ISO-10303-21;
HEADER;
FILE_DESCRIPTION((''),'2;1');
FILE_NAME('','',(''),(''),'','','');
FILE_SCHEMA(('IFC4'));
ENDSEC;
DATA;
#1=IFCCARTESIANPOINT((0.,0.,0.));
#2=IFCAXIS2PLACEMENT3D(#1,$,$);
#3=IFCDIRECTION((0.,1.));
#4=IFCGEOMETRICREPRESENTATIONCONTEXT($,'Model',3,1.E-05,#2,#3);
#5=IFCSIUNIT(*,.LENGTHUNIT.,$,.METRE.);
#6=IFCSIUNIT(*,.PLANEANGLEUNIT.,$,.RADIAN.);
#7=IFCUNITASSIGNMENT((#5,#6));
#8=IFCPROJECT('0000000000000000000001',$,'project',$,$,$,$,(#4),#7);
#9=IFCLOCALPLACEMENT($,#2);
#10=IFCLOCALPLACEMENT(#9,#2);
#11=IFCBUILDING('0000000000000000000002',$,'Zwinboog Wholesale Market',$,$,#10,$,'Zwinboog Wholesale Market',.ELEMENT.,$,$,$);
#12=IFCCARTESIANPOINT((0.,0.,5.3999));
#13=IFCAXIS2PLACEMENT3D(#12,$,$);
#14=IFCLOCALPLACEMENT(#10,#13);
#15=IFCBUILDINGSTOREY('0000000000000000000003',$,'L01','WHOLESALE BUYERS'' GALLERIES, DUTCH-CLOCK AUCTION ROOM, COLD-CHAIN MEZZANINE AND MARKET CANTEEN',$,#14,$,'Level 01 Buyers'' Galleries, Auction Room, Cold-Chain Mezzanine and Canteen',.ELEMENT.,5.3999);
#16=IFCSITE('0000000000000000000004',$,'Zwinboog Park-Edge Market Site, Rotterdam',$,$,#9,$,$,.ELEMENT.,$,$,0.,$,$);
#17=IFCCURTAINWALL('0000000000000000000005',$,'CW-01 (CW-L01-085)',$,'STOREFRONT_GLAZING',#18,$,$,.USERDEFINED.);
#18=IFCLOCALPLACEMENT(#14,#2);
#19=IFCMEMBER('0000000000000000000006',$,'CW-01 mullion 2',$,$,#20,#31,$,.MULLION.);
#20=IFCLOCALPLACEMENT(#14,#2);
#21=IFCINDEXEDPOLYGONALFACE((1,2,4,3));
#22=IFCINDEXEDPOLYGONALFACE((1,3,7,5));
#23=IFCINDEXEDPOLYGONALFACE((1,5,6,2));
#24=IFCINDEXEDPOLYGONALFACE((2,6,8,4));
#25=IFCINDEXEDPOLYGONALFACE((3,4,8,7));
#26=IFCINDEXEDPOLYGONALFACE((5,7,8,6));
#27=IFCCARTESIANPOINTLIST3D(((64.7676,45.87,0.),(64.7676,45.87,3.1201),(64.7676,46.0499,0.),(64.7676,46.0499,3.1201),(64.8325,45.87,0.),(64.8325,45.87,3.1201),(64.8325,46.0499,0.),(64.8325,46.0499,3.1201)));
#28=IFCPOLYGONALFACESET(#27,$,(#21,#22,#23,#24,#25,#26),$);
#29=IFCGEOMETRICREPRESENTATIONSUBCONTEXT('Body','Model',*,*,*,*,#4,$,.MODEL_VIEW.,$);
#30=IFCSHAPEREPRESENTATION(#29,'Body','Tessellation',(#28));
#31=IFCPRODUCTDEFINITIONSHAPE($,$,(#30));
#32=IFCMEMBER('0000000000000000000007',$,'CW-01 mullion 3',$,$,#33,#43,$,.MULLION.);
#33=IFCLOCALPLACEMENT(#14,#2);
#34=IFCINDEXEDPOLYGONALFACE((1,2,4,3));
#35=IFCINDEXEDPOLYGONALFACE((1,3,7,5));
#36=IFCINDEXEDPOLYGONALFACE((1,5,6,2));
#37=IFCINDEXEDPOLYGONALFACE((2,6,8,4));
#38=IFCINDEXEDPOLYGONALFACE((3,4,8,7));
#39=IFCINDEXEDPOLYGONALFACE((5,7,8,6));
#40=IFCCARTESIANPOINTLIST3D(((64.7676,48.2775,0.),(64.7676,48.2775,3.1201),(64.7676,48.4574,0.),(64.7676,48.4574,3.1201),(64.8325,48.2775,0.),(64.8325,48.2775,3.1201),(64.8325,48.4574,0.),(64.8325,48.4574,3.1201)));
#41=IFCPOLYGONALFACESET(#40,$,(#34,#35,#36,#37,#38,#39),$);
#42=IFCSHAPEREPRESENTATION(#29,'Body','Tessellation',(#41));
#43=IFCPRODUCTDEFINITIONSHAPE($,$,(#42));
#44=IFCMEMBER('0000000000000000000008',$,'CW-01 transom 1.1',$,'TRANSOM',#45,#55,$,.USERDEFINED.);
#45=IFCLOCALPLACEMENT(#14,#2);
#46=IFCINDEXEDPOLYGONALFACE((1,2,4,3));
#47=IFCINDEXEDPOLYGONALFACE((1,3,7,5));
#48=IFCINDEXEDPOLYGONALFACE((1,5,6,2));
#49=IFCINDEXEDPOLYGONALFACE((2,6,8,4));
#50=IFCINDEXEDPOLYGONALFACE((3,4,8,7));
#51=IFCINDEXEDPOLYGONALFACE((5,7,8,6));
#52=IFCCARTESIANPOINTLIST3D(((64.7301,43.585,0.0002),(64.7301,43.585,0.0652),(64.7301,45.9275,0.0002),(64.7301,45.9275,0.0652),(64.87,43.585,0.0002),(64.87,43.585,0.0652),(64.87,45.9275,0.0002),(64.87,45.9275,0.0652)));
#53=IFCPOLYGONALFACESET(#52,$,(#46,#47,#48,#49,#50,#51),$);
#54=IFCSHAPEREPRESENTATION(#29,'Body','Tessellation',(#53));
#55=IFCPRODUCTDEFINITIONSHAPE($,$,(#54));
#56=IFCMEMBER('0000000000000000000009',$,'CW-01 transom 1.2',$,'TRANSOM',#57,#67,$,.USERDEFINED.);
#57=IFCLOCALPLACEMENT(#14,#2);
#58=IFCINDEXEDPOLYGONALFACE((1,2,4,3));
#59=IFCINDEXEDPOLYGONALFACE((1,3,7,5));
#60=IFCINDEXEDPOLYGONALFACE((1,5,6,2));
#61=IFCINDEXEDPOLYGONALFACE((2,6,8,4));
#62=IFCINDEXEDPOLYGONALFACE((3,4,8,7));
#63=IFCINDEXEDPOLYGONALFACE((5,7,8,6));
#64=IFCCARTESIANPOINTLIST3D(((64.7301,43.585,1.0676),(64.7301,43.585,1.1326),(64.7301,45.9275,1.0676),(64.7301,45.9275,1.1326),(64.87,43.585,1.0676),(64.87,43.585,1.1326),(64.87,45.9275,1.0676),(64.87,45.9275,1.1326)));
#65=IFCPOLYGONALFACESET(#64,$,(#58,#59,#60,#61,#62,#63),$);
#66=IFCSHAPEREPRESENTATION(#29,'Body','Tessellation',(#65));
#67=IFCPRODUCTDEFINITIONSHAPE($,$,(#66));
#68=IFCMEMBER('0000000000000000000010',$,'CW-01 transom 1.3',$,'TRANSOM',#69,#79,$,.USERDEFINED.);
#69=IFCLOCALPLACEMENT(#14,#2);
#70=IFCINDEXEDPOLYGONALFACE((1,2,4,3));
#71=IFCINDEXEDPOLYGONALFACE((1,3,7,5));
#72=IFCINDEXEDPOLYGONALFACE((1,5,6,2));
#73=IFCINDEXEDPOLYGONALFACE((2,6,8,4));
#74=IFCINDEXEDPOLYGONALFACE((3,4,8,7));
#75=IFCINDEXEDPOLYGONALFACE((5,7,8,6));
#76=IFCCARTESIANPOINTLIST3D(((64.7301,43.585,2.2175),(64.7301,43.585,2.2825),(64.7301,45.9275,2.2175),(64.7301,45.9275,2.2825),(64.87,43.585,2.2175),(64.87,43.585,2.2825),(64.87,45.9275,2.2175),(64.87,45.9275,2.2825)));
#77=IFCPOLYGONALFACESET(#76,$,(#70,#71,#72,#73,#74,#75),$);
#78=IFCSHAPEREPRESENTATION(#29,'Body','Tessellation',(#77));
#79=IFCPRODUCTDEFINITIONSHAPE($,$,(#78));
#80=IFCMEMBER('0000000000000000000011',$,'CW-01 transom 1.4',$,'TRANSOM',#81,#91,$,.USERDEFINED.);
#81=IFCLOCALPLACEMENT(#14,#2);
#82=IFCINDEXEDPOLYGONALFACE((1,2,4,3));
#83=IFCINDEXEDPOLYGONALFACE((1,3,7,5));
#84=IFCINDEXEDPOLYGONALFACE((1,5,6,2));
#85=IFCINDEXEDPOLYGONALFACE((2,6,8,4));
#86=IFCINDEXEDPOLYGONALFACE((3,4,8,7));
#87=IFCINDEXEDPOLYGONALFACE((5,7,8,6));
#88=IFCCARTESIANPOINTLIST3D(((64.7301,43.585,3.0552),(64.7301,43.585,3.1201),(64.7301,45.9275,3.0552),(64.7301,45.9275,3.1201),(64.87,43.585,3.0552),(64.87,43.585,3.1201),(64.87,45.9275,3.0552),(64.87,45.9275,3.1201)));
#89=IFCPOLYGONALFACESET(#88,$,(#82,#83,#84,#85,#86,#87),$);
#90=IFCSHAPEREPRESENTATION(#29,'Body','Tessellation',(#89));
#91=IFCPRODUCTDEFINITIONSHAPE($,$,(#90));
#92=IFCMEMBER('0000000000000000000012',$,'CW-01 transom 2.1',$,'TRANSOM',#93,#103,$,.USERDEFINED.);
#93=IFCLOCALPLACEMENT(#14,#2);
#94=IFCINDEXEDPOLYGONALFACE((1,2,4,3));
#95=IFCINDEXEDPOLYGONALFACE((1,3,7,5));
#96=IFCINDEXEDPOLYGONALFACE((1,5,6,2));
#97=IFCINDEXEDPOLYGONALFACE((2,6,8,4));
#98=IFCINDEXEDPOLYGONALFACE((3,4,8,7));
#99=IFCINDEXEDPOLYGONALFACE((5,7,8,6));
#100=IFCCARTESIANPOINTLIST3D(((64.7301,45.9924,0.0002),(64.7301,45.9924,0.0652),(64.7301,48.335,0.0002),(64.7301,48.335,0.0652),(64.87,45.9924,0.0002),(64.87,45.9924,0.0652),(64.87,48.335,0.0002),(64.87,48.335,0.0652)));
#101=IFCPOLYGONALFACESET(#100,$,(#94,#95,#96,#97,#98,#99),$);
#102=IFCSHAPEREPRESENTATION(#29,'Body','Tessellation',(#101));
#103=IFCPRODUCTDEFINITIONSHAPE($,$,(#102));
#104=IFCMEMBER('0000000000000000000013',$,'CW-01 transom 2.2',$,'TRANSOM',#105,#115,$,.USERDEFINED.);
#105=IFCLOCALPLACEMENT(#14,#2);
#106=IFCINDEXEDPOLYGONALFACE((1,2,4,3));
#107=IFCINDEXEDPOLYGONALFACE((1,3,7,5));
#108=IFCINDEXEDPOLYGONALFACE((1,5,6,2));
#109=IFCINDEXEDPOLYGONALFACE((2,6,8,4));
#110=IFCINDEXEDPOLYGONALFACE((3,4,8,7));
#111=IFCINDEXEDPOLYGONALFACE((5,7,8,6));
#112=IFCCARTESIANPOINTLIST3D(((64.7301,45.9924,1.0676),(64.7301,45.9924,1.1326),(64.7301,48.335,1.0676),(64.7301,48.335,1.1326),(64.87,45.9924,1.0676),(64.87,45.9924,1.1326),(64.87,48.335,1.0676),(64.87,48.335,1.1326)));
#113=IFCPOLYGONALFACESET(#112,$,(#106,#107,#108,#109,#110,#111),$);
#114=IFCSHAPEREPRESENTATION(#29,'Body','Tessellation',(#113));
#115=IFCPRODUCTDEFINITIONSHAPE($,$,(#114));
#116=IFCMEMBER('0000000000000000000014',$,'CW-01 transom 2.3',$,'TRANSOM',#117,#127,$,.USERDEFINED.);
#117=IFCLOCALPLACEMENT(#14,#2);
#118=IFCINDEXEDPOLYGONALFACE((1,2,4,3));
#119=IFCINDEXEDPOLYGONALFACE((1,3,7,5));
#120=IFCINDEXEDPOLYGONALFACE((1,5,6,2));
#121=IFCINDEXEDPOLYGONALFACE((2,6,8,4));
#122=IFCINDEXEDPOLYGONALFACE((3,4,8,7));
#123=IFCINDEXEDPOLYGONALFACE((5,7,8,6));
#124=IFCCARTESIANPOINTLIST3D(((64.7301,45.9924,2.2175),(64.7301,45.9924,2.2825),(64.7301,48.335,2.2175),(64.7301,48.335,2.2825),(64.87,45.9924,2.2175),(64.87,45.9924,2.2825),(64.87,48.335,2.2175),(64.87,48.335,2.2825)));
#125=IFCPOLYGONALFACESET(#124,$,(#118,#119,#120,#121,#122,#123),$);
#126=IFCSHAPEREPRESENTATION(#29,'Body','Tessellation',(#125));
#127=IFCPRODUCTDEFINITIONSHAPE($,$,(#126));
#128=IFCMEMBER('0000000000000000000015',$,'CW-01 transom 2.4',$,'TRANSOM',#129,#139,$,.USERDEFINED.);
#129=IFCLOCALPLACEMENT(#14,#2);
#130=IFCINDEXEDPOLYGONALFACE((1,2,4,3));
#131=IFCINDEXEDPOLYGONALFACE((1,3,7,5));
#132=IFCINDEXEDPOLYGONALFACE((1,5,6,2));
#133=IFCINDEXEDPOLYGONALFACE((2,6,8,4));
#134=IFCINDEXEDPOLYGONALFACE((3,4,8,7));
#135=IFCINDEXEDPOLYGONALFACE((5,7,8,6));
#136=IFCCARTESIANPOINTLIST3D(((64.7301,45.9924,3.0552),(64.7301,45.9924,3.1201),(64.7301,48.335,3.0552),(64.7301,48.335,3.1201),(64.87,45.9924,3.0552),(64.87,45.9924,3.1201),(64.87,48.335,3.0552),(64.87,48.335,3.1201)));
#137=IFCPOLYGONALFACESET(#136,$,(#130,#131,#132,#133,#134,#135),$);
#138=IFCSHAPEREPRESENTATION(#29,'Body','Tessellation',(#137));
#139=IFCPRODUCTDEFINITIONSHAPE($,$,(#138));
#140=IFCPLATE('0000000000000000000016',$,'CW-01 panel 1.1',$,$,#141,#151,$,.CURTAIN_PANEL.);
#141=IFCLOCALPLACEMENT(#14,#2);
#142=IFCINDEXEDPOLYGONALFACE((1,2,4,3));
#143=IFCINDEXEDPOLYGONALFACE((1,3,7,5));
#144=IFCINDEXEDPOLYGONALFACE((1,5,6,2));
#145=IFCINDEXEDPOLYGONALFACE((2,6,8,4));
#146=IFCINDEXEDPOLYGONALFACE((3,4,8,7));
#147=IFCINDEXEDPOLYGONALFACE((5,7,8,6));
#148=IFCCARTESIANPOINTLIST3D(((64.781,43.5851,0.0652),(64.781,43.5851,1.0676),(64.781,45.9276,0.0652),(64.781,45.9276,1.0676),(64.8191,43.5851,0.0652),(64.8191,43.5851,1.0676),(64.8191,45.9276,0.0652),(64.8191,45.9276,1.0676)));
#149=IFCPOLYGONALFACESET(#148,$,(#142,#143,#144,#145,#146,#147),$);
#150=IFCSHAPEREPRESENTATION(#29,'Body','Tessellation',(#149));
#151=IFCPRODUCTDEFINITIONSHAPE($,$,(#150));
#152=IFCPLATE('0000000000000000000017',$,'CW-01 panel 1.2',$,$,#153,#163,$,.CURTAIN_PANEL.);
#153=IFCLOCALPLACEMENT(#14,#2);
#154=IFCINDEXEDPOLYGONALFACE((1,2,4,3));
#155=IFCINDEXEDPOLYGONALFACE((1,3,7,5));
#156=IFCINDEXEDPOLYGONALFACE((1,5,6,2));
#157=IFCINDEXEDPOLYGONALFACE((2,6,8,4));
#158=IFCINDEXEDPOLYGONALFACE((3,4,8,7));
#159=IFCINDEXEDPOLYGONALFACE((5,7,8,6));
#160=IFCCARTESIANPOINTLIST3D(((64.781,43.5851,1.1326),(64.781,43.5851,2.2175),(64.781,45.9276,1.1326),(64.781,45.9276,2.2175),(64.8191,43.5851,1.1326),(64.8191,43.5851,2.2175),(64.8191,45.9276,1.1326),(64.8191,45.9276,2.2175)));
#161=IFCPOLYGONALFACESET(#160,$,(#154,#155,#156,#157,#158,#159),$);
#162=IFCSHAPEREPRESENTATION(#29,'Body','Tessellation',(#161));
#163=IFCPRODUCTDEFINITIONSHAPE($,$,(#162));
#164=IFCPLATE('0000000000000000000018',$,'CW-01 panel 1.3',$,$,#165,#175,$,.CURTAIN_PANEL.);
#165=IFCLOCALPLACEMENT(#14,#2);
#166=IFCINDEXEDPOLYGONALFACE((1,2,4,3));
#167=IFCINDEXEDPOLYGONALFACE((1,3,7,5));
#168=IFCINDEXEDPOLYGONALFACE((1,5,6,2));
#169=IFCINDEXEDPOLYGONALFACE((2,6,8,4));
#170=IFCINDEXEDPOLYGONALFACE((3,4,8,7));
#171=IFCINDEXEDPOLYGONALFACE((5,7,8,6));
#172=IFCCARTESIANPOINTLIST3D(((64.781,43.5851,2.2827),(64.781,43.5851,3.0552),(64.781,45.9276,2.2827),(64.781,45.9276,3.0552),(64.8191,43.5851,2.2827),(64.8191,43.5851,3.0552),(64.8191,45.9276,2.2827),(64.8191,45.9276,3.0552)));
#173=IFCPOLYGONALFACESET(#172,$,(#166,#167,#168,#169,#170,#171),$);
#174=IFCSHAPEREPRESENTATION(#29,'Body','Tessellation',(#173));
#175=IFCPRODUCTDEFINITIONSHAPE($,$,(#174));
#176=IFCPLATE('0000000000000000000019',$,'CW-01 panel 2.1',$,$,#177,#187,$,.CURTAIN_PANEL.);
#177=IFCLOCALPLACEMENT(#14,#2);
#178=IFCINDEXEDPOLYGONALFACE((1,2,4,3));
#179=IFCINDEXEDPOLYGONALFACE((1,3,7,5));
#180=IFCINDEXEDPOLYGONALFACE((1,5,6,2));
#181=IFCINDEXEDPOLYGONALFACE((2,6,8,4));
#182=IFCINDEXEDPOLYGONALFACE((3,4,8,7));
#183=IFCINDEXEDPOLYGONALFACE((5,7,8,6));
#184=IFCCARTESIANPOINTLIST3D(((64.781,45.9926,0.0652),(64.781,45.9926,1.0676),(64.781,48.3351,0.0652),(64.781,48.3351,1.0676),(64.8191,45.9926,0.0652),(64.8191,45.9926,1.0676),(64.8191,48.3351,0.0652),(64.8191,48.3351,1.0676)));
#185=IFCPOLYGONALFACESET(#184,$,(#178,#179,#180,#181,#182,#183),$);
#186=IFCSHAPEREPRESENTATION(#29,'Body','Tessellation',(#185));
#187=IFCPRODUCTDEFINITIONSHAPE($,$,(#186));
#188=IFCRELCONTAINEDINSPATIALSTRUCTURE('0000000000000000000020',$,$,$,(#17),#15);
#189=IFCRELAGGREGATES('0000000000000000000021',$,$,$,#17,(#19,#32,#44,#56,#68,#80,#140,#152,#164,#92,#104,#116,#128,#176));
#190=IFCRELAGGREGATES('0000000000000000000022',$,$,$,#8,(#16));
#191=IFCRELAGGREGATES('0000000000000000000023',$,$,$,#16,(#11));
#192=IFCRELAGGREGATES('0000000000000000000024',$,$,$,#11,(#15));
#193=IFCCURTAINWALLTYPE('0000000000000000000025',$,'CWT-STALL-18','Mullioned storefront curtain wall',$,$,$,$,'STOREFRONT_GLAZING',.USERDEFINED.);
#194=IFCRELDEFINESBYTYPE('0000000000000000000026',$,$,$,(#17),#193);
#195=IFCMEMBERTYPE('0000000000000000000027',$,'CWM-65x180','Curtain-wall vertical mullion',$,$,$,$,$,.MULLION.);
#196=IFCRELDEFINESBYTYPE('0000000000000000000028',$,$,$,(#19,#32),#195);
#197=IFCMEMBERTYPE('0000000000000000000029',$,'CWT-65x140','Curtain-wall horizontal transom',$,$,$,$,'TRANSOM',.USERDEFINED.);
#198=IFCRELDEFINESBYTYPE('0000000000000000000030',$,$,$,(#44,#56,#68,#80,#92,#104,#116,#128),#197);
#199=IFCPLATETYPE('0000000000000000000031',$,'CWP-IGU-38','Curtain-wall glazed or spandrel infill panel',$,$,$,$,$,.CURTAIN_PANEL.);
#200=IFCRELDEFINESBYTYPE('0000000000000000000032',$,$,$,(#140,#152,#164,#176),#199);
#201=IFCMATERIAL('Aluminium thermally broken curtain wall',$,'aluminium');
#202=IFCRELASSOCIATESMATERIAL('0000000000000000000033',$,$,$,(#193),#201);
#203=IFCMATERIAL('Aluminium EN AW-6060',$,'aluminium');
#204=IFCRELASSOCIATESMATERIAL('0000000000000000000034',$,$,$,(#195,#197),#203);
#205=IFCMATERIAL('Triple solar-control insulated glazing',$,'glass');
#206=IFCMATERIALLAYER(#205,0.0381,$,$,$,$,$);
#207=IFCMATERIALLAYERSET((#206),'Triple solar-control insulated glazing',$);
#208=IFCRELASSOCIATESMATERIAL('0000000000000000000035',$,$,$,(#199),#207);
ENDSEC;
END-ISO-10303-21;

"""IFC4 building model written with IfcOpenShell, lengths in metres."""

from ifc_helpers import new_model, si_unit, direction, frame, origin, origin_2d, place, context, subcontext, project, spatial, rectangle, extrude, material, layer, layer_set, material_profile, profile_set, type_object, element, aggregate, save


model = new_model("IFC4")

# Units and contexts
model_context = context("Model", 3, precision=1e-05, world=origin(), true_north=direction((0.0, 1.0)))
body_context = subcontext(model_context, "Body", "Model", "MODEL_VIEW")
ifc_project = project(units=[si_unit("LENGTHUNIT", "METRE"), si_unit("PLANEANGLEUNIT", "RADIAN")], contexts=[model_context])

# Site, building, storey
site_placement = place(None, origin())
site = spatial("IfcSite", under=ifc_project, at=site_placement, Name="Zwinboog Park-Edge Market Site, Rotterdam", CompositionType="ELEMENT", RefElevation=0.0)
building_placement = place(site_placement, origin())
building = spatial("IfcBuilding", under=site, at=building_placement, Name="Zwinboog Wholesale Market", LongName="Zwinboog Wholesale Market", CompositionType="ELEMENT")
storey_placement = place(building_placement, frame((0.0, 0.0, 5.3999)))
storey = spatial("IfcBuildingStorey", under=building, at=storey_placement, Name="L01", Description="WHOLESALE BUYERS' GALLERIES, DUTCH-CLOCK AUCTION ROOM, COLD-CHAIN MEZZANINE AND MARKET CANTEEN", LongName="Level 01 Buyers' Galleries, Auction Room, Cold-Chain Mezzanine and Canteen", CompositionType="ELEMENT", Elevation=5.3999)

# Curtain wall, members, plates
ifc_material_1 = material(Name="Aluminium thermally broken curtain wall", Category="aluminium")
curtain_wall_type = type_object("IfcCurtainWallType", Name="CWT-STALL-18", Description="Mullioned storefront curtain wall", ElementType="STOREFRONT_GLAZING", PredefinedType="USERDEFINED", material=ifc_material_1)
curtain_wall_placement = place(storey_placement, origin())
curtain_wall = element("IfcCurtainWall", 1, at=curtain_wall_placement, inside=storey, type_object=curtain_wall_type, Name="CW-01 (CW-L01-085)", ObjectType="STOREFRONT_GLAZING", PredefinedType="USERDEFINED")
ifc_material_2 = material(Name="Aluminium EN AW-6060", Category="aluminium")
ifc_material_profile_1 = material_profile(ifc_material_2, rectangle(XDim=0.0649, YDim=0.1799, at=origin_2d()), Name="AL 65x180")
ifc_profile_set_1 = profile_set([ifc_material_profile_1], Name="Aluminium EN AW-6060")
member_type_1 = type_object("IfcMemberType", Name="CWM-65x180", Description="Curtain-wall vertical mullion", PredefinedType="MULLION", material=ifc_profile_set_1)
member_1_placement = place(storey_placement, frame((64.8, 45.96, 0.0), z_axis=(0.0, 0.0, 1.0), x_axis=(-1.0, 0.0, 0.0)))
member_1 = element("IfcMember", 2, at=member_1_placement, type_object=member_type_1, Name="CW-01 mullion 2", PredefinedType="MULLION", context=body_context, shape_type="SweptSolid", body=[
    extrude(rectangle(XDim=0.0649, YDim=0.1799, at=origin_2d()), origin(), (0.0, 0.0, 1.0), 3.1201),
])
member_2_placement = place(storey_placement, frame((64.8, 48.3674, 0.0), z_axis=(0.0, 0.0, 1.0), x_axis=(-1.0, 0.0, 0.0)))
member_2 = element("IfcMember", 3, at=member_2_placement, type_object=member_type_1, Name="CW-01 mullion 3", PredefinedType="MULLION", context=body_context, shape_type="SweptSolid", body=[
    extrude(rectangle(XDim=0.0649, YDim=0.1799, at=origin_2d()), origin(), (0.0, 0.0, 1.0), 3.1201),
])
ifc_material_profile_2 = material_profile(ifc_material_2, rectangle(XDim=0.1399, YDim=0.0649, at=origin_2d()), Name="AL 65x140")
ifc_profile_set_2 = profile_set([ifc_material_profile_2], Name="Aluminium EN AW-6060")
member_type_2 = type_object("IfcMemberType", Name="CWT-65x140", Description="Curtain-wall horizontal transom", ElementType="TRANSOM", PredefinedType="USERDEFINED", material=ifc_profile_set_2)
member_3_placement = place(storey_placement, frame((64.8, 43.585, 0.0327), z_axis=(0.0, 1.0, 0.0), x_axis=(-1.0, 0.0, 0.0)))
member_3 = element("IfcMember", 4, at=member_3_placement, type_object=member_type_2, Name="CW-01 transom 1.1", ObjectType="TRANSOM", PredefinedType="USERDEFINED", context=body_context, shape_type="SweptSolid", body=[
    extrude(rectangle(XDim=0.1399, YDim=0.0649, at=origin_2d()), origin(), (0.0, 0.0, 1.0), 2.3425),
])
member_4_placement = place(storey_placement, frame((64.8, 43.585, 1.1001), z_axis=(0.0, 1.0, 0.0), x_axis=(-1.0, 0.0, 0.0)))
member_4 = element("IfcMember", 5, at=member_4_placement, type_object=member_type_2, Name="CW-01 transom 1.2", ObjectType="TRANSOM", PredefinedType="USERDEFINED", context=body_context, shape_type="SweptSolid", body=[
    extrude(rectangle(XDim=0.1399, YDim=0.0649, at=origin_2d()), origin(), (0.0, 0.0, 1.0), 2.3425),
])
member_5_placement = place(storey_placement, frame((64.8, 43.585, 2.25), z_axis=(0.0, 1.0, 0.0), x_axis=(-1.0, 0.0, 0.0)))
member_5 = element("IfcMember", 6, at=member_5_placement, type_object=member_type_2, Name="CW-01 transom 1.3", ObjectType="TRANSOM", PredefinedType="USERDEFINED", context=body_context, shape_type="SweptSolid", body=[
    extrude(rectangle(XDim=0.1399, YDim=0.0649, at=origin_2d()), origin(), (0.0, 0.0, 1.0), 2.3425),
])
member_6_placement = place(storey_placement, frame((64.8, 43.585, 3.0876), z_axis=(0.0, 1.0, 0.0), x_axis=(-1.0, 0.0, 0.0)))
member_6 = element("IfcMember", 7, at=member_6_placement, type_object=member_type_2, Name="CW-01 transom 1.4", ObjectType="TRANSOM", PredefinedType="USERDEFINED", context=body_context, shape_type="SweptSolid", body=[
    extrude(rectangle(XDim=0.1399, YDim=0.0649, at=origin_2d()), origin(), (0.0, 0.0, 1.0), 2.3425),
])
member_7_placement = place(storey_placement, frame((64.8, 45.9924, 0.0327), z_axis=(0.0, 1.0, 0.0), x_axis=(-1.0, 0.0, 0.0)))
member_7 = element("IfcMember", 8, at=member_7_placement, type_object=member_type_2, Name="CW-01 transom 2.1", ObjectType="TRANSOM", PredefinedType="USERDEFINED", context=body_context, shape_type="SweptSolid", body=[
    extrude(rectangle(XDim=0.1399, YDim=0.0649, at=origin_2d()), origin(), (0.0, 0.0, 1.0), 2.3425),
])
member_8_placement = place(storey_placement, frame((64.8, 45.9924, 1.1001), z_axis=(0.0, 1.0, 0.0), x_axis=(-1.0, 0.0, 0.0)))
member_8 = element("IfcMember", 9, at=member_8_placement, type_object=member_type_2, Name="CW-01 transom 2.2", ObjectType="TRANSOM", PredefinedType="USERDEFINED", context=body_context, shape_type="SweptSolid", body=[
    extrude(rectangle(XDim=0.1399, YDim=0.0649, at=origin_2d()), origin(), (0.0, 0.0, 1.0), 2.3425),
])
member_9_placement = place(storey_placement, frame((64.8, 45.9924, 2.25), z_axis=(0.0, 1.0, 0.0), x_axis=(-1.0, 0.0, 0.0)))
member_9 = element("IfcMember", 10, at=member_9_placement, type_object=member_type_2, Name="CW-01 transom 2.3", ObjectType="TRANSOM", PredefinedType="USERDEFINED", context=body_context, shape_type="SweptSolid", body=[
    extrude(rectangle(XDim=0.1399, YDim=0.0649, at=origin_2d()), origin(), (0.0, 0.0, 1.0), 2.3425),
])
member_10_placement = place(storey_placement, frame((64.8, 45.9924, 3.0876), z_axis=(0.0, 1.0, 0.0), x_axis=(-1.0, 0.0, 0.0)))
member_10 = element("IfcMember", 11, at=member_10_placement, type_object=member_type_2, Name="CW-01 transom 2.4", ObjectType="TRANSOM", PredefinedType="USERDEFINED", context=body_context, shape_type="SweptSolid", body=[
    extrude(rectangle(XDim=0.1399, YDim=0.0649, at=origin_2d()), origin(), (0.0, 0.0, 1.0), 2.3425),
])
ifc_material_3 = material(Name="Triple solar-control insulated glazing", Category="glass")
ifc_layer_1 = layer(ifc_material_3, 0.0381)
ifc_layer_set_1 = layer_set([ifc_layer_1], Name="Triple solar-control insulated glazing")
plate_type = type_object("IfcPlateType", Name="CWP-IGU-38", Description="Curtain-wall glazed or spandrel infill panel", PredefinedType="CURTAIN_PANEL", material=ifc_layer_set_1)
plate_1_placement = place(storey_placement, frame((64.8, 44.7563, 0.0652), z_axis=(0.0, 0.0, 1.0), x_axis=(0.0, 1.0, 0.0)))
plate_1 = element("IfcPlate", 12, at=plate_1_placement, type_object=plate_type, Name="CW-01 panel 1.1", PredefinedType="CURTAIN_PANEL", context=body_context, shape_type="SweptSolid", body=[
    extrude(rectangle(XDim=2.3425, YDim=0.0381, at=origin_2d()), origin(), (0.0, 0.0, 1.0), 1.0024),
])
plate_2_placement = place(storey_placement, frame((64.8, 44.7563, 1.1326), z_axis=(0.0, 0.0, 1.0), x_axis=(0.0, 1.0, 0.0)))
plate_2 = element("IfcPlate", 13, at=plate_2_placement, type_object=plate_type, Name="CW-01 panel 1.2", PredefinedType="CURTAIN_PANEL", context=body_context, shape_type="SweptSolid", body=[
    extrude(rectangle(XDim=2.3425, YDim=0.0381, at=origin_2d()), origin(), (0.0, 0.0, 1.0), 1.085),
])
plate_3_placement = place(storey_placement, frame((64.8, 44.7563, 2.2827), z_axis=(0.0, 0.0, 1.0), x_axis=(0.0, 1.0, 0.0)))
plate_3 = element("IfcPlate", 14, at=plate_3_placement, type_object=plate_type, Name="CW-01 panel 1.3", PredefinedType="CURTAIN_PANEL", context=body_context, shape_type="SweptSolid", body=[
    extrude(rectangle(XDim=2.3425, YDim=0.0381, at=origin_2d()), origin(), (0.0, 0.0, 1.0), 0.7725),
])
plate_4_placement = place(storey_placement, frame((64.8, 47.1638, 0.0652), z_axis=(0.0, 0.0, 1.0), x_axis=(0.0, 1.0, 0.0)))
plate_4 = element("IfcPlate", 15, at=plate_4_placement, type_object=plate_type, Name="CW-01 panel 2.1", PredefinedType="CURTAIN_PANEL", context=body_context, shape_type="SweptSolid", body=[
    extrude(rectangle(XDim=2.3425, YDim=0.0381, at=origin_2d()), origin(), (0.0, 0.0, 1.0), 1.0024),
])
aggregate(curtain_wall, [member_1, member_2, member_3, member_4, member_5, member_6, plate_1, plate_2, plate_3, member_7, member_8, member_9, member_10, plate_4])

save(model, "model.ifc")
